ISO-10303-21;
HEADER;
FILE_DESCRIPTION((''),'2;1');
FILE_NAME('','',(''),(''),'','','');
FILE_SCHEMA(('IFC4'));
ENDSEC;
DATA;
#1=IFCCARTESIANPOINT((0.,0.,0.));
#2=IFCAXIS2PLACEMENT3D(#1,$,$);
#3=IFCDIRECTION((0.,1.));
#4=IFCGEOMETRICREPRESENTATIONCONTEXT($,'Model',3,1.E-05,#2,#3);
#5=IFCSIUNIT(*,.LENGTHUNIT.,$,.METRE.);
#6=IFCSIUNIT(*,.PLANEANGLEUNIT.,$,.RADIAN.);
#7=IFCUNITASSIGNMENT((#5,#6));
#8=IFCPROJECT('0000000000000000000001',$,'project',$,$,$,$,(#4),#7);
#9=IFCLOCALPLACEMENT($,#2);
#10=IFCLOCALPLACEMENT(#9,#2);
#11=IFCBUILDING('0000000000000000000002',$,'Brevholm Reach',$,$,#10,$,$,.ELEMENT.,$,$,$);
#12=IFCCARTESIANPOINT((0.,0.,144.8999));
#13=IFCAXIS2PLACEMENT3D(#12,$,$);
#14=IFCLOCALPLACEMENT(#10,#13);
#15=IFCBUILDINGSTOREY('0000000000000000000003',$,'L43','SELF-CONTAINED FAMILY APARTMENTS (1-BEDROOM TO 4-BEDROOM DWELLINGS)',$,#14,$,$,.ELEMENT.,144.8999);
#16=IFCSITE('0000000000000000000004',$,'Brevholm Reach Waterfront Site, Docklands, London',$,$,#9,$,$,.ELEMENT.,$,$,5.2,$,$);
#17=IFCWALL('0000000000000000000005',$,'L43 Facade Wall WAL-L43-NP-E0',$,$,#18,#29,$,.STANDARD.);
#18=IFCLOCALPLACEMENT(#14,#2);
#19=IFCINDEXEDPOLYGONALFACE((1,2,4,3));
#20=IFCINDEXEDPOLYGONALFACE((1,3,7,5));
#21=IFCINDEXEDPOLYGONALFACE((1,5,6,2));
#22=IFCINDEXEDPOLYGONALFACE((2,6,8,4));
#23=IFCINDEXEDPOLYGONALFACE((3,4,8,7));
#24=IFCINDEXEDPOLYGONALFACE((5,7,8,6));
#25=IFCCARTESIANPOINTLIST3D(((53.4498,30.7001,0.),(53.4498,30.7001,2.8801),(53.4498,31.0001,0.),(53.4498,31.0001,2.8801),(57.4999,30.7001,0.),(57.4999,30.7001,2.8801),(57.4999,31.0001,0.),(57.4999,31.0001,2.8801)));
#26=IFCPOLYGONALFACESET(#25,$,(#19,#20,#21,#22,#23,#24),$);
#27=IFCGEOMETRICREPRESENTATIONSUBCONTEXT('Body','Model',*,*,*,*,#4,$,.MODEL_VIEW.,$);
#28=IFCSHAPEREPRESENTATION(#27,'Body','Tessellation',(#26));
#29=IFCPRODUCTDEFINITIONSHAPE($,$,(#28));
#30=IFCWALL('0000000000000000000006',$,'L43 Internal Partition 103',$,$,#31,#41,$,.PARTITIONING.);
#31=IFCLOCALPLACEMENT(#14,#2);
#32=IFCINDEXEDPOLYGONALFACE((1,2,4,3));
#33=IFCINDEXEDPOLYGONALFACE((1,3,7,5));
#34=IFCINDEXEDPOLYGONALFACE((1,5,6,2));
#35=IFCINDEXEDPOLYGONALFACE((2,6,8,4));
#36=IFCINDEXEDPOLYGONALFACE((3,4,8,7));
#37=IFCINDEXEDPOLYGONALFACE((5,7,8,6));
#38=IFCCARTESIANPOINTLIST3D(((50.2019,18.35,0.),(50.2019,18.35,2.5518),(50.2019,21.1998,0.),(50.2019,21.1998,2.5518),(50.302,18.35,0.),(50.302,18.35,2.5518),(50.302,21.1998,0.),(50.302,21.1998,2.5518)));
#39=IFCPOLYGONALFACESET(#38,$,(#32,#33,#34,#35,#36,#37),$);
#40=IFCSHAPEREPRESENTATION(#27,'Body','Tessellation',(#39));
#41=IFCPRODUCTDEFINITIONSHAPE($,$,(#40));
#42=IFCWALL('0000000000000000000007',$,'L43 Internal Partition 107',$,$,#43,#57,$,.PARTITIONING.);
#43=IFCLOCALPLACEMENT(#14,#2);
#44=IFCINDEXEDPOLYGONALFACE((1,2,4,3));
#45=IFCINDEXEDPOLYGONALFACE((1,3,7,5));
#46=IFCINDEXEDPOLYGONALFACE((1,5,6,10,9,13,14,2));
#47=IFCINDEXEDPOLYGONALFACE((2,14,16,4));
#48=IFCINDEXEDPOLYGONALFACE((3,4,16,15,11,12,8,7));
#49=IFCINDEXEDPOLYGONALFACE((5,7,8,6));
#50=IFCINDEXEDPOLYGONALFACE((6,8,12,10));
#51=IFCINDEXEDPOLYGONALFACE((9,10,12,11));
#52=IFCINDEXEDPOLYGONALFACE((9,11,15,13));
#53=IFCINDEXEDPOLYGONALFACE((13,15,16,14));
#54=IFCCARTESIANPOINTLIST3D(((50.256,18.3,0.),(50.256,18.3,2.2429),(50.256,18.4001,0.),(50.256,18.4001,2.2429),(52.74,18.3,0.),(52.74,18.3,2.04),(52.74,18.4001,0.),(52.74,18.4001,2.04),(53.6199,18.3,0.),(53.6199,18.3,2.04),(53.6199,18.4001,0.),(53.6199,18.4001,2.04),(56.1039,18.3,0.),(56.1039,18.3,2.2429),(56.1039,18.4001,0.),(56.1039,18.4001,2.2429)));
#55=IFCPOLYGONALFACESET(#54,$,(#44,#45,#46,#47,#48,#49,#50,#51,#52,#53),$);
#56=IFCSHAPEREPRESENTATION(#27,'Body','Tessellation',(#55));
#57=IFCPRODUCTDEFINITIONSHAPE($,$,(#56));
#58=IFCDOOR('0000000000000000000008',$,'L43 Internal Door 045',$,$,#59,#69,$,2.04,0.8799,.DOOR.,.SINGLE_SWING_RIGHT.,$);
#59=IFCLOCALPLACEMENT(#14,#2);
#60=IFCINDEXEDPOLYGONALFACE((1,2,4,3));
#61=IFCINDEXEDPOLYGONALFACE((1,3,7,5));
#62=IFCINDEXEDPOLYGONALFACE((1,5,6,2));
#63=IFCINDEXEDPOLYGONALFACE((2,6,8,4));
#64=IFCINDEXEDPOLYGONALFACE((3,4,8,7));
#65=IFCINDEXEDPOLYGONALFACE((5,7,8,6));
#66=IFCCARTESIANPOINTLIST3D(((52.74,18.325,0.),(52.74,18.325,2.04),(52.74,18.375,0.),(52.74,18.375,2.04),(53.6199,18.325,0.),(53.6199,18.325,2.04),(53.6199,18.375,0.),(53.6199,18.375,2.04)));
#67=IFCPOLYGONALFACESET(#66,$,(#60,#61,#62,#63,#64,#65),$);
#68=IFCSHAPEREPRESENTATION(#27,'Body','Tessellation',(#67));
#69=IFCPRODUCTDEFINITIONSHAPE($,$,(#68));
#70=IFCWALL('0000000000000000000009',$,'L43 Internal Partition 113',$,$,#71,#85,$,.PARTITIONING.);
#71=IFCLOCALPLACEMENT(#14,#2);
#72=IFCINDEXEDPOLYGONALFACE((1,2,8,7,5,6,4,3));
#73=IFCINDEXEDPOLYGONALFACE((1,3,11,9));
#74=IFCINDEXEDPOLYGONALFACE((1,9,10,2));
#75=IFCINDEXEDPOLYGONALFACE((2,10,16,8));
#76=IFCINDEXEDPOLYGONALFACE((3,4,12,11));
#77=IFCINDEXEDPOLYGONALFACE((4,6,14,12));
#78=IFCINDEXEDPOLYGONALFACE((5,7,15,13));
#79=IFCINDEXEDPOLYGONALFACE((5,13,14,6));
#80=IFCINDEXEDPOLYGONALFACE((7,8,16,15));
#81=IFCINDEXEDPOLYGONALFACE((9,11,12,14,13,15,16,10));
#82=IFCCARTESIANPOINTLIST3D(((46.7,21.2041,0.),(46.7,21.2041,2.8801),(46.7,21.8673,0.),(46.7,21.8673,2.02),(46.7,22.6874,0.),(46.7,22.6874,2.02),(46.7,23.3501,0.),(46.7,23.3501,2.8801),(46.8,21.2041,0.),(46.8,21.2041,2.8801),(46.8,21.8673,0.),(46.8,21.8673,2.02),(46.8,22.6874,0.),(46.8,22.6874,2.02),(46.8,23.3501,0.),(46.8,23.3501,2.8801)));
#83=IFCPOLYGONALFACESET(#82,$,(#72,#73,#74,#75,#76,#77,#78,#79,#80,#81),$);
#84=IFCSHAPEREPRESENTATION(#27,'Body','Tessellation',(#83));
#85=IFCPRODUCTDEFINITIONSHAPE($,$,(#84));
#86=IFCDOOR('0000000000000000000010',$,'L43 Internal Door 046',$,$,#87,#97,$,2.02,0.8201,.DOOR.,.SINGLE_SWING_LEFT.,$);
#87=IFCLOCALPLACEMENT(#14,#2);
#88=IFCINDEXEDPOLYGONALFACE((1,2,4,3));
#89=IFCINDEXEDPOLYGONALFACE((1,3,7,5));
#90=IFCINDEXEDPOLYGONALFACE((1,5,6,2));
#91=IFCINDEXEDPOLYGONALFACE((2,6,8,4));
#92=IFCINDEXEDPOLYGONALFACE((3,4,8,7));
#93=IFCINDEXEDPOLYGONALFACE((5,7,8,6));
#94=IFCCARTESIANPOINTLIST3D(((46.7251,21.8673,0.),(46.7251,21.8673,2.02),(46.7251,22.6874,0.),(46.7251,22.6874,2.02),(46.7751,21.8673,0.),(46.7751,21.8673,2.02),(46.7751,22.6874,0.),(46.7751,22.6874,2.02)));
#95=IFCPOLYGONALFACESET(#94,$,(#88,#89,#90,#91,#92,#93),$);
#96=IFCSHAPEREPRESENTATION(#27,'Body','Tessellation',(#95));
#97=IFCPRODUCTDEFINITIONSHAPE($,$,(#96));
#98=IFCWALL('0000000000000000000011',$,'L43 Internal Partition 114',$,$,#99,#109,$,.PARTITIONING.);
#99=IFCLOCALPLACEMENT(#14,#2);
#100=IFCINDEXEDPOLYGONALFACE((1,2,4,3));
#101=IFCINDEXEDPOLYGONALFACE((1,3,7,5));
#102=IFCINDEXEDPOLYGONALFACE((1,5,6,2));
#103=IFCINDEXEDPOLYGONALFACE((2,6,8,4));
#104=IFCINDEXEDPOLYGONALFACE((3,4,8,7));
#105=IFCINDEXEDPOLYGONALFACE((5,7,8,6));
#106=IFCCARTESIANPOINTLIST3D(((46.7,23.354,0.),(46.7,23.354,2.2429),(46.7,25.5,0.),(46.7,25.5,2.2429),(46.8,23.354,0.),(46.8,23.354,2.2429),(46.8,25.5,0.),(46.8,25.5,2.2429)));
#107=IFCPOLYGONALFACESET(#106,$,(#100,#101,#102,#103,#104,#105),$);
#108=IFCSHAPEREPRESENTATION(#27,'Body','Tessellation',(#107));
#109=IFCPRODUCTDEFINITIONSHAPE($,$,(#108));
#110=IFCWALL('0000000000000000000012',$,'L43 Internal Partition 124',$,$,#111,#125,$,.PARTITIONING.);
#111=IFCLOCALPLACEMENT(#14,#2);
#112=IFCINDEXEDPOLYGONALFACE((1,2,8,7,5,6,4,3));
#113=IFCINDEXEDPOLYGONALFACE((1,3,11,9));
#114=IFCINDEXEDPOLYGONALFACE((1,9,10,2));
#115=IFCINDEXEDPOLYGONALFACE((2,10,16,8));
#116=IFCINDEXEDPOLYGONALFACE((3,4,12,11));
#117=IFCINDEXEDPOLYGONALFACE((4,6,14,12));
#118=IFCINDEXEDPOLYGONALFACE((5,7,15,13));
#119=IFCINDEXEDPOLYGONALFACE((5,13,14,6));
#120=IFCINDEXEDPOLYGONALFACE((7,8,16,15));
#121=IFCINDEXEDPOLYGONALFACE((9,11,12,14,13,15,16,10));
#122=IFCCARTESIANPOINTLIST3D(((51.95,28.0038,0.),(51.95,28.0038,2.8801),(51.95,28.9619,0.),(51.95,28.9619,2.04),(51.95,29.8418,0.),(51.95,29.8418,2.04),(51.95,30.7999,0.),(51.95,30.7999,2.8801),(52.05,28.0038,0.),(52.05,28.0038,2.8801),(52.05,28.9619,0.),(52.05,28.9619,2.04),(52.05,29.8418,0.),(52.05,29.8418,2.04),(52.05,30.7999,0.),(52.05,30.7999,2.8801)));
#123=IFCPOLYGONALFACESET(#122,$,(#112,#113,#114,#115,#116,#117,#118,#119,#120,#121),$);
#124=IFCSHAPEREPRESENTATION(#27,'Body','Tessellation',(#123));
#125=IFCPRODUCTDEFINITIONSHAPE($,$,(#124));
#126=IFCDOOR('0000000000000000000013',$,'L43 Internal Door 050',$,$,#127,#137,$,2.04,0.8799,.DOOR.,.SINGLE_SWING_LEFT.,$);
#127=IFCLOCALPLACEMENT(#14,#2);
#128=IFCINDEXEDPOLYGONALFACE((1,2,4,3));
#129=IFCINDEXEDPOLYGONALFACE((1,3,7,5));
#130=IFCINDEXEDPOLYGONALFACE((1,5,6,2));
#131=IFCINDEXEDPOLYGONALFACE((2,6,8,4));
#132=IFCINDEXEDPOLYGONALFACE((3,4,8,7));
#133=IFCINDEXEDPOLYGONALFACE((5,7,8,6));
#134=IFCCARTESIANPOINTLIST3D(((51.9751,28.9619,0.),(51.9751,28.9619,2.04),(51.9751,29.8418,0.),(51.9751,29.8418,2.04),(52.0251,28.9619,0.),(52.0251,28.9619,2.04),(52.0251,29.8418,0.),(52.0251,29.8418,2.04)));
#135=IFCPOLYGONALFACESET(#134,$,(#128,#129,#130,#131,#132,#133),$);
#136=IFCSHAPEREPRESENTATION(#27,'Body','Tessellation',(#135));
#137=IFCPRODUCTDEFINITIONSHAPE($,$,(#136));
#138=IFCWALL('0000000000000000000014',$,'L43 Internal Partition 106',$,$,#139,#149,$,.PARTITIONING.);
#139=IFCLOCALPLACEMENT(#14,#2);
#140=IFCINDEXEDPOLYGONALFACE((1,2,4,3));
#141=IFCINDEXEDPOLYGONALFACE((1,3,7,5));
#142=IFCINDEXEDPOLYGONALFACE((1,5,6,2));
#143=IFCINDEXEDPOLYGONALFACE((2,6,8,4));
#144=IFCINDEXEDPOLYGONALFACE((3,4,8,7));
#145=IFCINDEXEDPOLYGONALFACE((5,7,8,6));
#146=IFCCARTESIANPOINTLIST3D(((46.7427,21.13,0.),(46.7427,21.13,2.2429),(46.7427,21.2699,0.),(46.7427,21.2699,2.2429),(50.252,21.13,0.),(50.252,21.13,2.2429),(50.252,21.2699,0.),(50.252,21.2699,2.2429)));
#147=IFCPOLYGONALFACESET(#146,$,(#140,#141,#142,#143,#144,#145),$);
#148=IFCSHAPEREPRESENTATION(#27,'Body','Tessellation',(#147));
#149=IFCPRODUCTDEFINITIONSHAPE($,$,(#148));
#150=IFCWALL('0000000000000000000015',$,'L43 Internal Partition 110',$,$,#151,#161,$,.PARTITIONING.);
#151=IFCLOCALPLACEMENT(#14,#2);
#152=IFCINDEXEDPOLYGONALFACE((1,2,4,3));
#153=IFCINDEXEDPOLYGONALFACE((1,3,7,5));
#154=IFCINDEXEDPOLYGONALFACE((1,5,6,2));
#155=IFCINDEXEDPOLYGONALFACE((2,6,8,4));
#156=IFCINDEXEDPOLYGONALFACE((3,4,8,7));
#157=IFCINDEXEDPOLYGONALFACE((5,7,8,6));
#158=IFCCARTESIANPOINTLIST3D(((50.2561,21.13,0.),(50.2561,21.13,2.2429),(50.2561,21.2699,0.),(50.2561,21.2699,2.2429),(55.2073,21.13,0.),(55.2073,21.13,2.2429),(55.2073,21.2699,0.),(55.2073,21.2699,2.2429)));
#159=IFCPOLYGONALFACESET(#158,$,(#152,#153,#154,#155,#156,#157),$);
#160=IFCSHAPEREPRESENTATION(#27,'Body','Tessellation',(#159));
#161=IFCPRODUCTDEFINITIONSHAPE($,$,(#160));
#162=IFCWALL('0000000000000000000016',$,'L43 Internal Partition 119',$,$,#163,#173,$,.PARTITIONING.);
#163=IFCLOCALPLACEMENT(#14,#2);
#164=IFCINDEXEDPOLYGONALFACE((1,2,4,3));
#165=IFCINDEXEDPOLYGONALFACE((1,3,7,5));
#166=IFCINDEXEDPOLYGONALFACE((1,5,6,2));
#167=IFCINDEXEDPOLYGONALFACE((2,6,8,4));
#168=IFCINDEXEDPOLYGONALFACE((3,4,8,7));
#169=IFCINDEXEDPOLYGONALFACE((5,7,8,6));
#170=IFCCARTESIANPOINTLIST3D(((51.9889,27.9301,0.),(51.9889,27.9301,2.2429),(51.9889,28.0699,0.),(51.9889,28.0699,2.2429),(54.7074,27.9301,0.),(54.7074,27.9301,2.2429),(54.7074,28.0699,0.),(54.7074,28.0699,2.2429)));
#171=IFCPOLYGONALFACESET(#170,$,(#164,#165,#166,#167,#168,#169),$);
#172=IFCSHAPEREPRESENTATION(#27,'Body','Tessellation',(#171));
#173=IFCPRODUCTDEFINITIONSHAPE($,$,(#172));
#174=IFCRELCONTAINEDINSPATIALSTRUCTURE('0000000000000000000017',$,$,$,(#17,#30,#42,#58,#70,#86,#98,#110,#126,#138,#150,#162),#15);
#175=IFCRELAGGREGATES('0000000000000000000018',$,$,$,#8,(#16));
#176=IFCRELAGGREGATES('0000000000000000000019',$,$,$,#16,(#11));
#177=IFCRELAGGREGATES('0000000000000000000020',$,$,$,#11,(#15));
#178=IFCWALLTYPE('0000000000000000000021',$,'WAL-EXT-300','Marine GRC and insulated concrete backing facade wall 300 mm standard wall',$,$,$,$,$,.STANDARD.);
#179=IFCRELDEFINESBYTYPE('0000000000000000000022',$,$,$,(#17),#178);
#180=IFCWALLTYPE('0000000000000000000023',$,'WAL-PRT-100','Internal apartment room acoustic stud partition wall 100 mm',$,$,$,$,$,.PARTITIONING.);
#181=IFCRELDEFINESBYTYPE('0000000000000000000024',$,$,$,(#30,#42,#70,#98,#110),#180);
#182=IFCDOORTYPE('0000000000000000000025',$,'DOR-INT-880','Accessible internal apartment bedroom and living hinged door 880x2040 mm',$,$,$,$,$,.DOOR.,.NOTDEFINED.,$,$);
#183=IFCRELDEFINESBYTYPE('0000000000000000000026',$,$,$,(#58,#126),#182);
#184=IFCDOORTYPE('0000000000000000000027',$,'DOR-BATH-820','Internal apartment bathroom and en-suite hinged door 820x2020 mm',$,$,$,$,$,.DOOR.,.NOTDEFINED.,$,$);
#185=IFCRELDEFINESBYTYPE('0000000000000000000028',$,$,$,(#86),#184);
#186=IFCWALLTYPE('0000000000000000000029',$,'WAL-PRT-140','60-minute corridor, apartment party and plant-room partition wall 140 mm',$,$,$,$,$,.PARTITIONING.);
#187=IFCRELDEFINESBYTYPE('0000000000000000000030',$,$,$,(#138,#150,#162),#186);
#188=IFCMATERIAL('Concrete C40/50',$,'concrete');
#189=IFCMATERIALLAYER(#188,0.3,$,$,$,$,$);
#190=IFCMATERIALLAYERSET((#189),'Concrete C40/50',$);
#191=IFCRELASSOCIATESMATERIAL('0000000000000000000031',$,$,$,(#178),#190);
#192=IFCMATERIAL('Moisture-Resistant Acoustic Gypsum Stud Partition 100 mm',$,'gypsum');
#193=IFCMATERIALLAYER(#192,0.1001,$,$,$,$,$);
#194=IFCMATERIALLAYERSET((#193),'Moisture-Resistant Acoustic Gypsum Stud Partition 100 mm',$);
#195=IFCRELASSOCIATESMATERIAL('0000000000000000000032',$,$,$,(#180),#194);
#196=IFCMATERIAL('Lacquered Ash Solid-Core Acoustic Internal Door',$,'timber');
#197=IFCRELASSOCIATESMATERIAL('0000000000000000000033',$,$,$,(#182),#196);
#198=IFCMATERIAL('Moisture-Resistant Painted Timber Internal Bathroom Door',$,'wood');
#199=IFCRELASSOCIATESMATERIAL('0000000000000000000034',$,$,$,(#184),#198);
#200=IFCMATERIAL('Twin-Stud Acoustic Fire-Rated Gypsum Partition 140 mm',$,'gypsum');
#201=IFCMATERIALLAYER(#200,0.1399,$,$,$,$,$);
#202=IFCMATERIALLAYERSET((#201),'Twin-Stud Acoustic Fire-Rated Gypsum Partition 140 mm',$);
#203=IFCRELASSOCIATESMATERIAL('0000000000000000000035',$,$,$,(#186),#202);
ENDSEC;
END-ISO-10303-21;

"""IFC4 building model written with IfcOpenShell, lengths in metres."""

from ifc_helpers import new_model, si_unit, direction, frame, frame_2d, origin, place, context, subcontext, project, spatial, rectangle, extrude, material, layer, layer_set, type_object, element, fill, save


model = new_model("IFC4")

# Units and contexts
model_context = context("Model", 3, precision=1e-05, world=origin(), true_north=direction((0.0, 1.0)))
body_context = subcontext(model_context, "Body", "Model", "MODEL_VIEW")
ifc_project = project(units=[si_unit("LENGTHUNIT", "METRE"), si_unit("PLANEANGLEUNIT", "RADIAN")], contexts=[model_context])

# Site, building, storey
site_placement = place(None, origin())
site = spatial("IfcSite", under=ifc_project, at=site_placement, Name="Brevholm Reach Waterfront Site, Docklands, London", CompositionType="ELEMENT", RefElevation=5.2)
building_placement = place(site_placement, origin())
building = spatial("IfcBuilding", under=site, at=building_placement, Name="Brevholm Reach", CompositionType="ELEMENT")
storey_placement = place(building_placement, frame((0.0, 0.0, 144.8999)))
storey = spatial("IfcBuildingStorey", under=building, at=storey_placement, Name="L43", Description="SELF-CONTAINED FAMILY APARTMENTS (1-BEDROOM TO 4-BEDROOM DWELLINGS)", CompositionType="ELEMENT", Elevation=144.8999)

# Walls
ifc_material_1 = material(Name="Concrete C40/50", Category="concrete")
ifc_layer_1 = layer(ifc_material_1, 0.3)
ifc_layer_set_1 = layer_set([ifc_layer_1], Name="Concrete C40/50")
wall_type_1 = type_object("IfcWallType", Name="WAL-EXT-300", Description="Marine GRC and insulated concrete backing facade wall 300 mm standard wall", PredefinedType="STANDARD", material=ifc_layer_set_1)
wall_1_placement = place(storey_placement, frame((53.45, 30.8501, 0.0), z_axis=(0.0, 0.0, 1.0), x_axis=(1.0, 0.0, 0.0)))
element("IfcWall", 1, at=wall_1_placement, inside=storey, type_object=wall_type_1, Name="L43 Facade Wall WAL-L43-NP-E0", PredefinedType="STANDARD", context=body_context, shape_type="SweptSolid", body=[
    extrude(rectangle(XDim=4.05, YDim=0.3, at=frame_2d((2.0249, 0.0))), origin(), (0.0, 0.0, 1.0), 2.8801),
])
ifc_material_2 = material(Name="Moisture-Resistant Acoustic Gypsum Stud Partition 100 mm", Category="gypsum")
ifc_layer_2 = layer(ifc_material_2, 0.1001)
ifc_layer_set_2 = layer_set([ifc_layer_2], Name="Moisture-Resistant Acoustic Gypsum Stud Partition 100 mm")
wall_type_2 = type_object("IfcWallType", Name="WAL-PRT-100", Description="Internal apartment room acoustic stud partition wall 100 mm", PredefinedType="PARTITIONING", material=ifc_layer_set_2)
wall_2_placement = place(storey_placement, frame((50.252, 18.3501, 0.0), z_axis=(0.0, 0.0, 1.0), x_axis=(0.0, 1.0, 0.0)))
element("IfcWall", 2, at=wall_2_placement, inside=storey, type_object=wall_type_2, Name="L43 Internal Partition 103", PredefinedType="PARTITIONING", context=body_context, shape_type="SweptSolid", body=[
    extrude(rectangle(XDim=2.8499, YDim=0.1001, at=frame_2d((1.4248, 0.0))), origin(), (0.0, 0.0, 1.0), 2.5518),
])

# Walls, openings, doors
wall_3_placement = place(storey_placement, frame((50.2561, 18.3501, 0.0), z_axis=(0.0, 0.0, 1.0), x_axis=(1.0, 0.0, 0.0)))
wall_3 = element("IfcWall", 3, at=wall_3_placement, inside=storey, type_object=wall_type_2, Name="L43 Internal Partition 107", PredefinedType="PARTITIONING", context=body_context, shape_type="SweptSolid", body=[
    extrude(rectangle(XDim=5.8479, YDim=0.1001, at=frame_2d((2.9238, 0.0))), origin(), (0.0, 0.0, 1.0), 2.2429),
])
opening_1_placement = place(wall_3_placement, frame((2.4839, 0.0, 0.0)))
opening_1 = element("IfcOpeningElement", 4, at=opening_1_placement, cuts=wall_3, PredefinedType="OPENING", context=body_context, shape_type="SweptSolid", body=[
    extrude(rectangle(XDim=0.8799, YDim=2.04, at=frame_2d((0.4399, 1.02))), frame((0.0, 0.0601, 0.0), z_axis=(0.0, -1.0, 0.0), x_axis=(1.0, 0.0, 0.0)), (0.0, 0.0, 1.0), 0.1201),
])
ifc_material_3 = material(Name="Lacquered Ash Solid-Core Acoustic Internal Door", Category="timber")
door_type_1 = type_object("IfcDoorType", Name="DOR-INT-880", Description="Accessible internal apartment bedroom and living hinged door 880x2040 mm", OperationType="NOTDEFINED", PredefinedType="DOOR", material=ifc_material_3)
door_1_placement = place(opening_1_placement, origin())
door_1 = element("IfcDoor", 5, at=door_1_placement, inside=storey, type_object=door_type_1, Name="L43 Internal Door 045", OperationType="SINGLE_SWING_RIGHT", OverallHeight=2.04, OverallWidth=0.8799, PredefinedType="DOOR", context=body_context, shape_type="SweptSolid", body=[
    extrude(rectangle(XDim=0.8799, YDim=2.04, at=frame_2d((0.4399, 1.02))), frame((0.0, 0.0249, 0.0), z_axis=(0.0, -1.0, 0.0), x_axis=(1.0, 0.0, 0.0)), (0.0, 0.0, 1.0), 0.05),
])
fill(opening_1, door_1)
wall_4_placement = place(storey_placement, frame((46.75, 21.2041, 0.0), z_axis=(0.0, 0.0, 1.0), x_axis=(0.0, 1.0, 0.0)))
wall_4 = element("IfcWall", 6, at=wall_4_placement, inside=storey, type_object=wall_type_2, Name="L43 Internal Partition 113", PredefinedType="PARTITIONING", context=body_context, shape_type="SweptSolid", body=[
    extrude(rectangle(XDim=2.146, YDim=0.1001, at=frame_2d((1.073, 0.0))), origin(), (0.0, 0.0, 1.0), 2.8801),
])
opening_2_placement = place(wall_4_placement, frame((0.6631, 0.0, 0.0)))
opening_2 = element("IfcOpeningElement", 7, at=opening_2_placement, cuts=wall_4, PredefinedType="OPENING", context=body_context, shape_type="SweptSolid", body=[
    extrude(rectangle(XDim=0.8201, YDim=2.02, at=frame_2d((0.4102, 1.01))), frame((0.0, 0.0601, 0.0), z_axis=(0.0, -1.0, 0.0), x_axis=(1.0, 0.0, 0.0)), (0.0, 0.0, 1.0), 0.1201),
])
ifc_material_4 = material(Name="Moisture-Resistant Painted Timber Internal Bathroom Door", Category="wood")
door_type_2 = type_object("IfcDoorType", Name="DOR-BATH-820", Description="Internal apartment bathroom and en-suite hinged door 820x2020 mm", OperationType="NOTDEFINED", PredefinedType="DOOR", material=ifc_material_4)
door_2_placement = place(opening_2_placement, origin())
door_2 = element("IfcDoor", 8, at=door_2_placement, inside=storey, type_object=door_type_2, Name="L43 Internal Door 046", OperationType="SINGLE_SWING_LEFT", OverallHeight=2.02, OverallWidth=0.8201, PredefinedType="DOOR", context=body_context, shape_type="SweptSolid", body=[
    extrude(rectangle(XDim=0.8201, YDim=2.02, at=frame_2d((0.4102, 1.01))), frame((0.0, 0.0249, 0.0), z_axis=(0.0, -1.0, 0.0), x_axis=(1.0, 0.0, 0.0)), (0.0, 0.0, 1.0), 0.05),
])
fill(opening_2, door_2)

# Wall
wall_5_placement = place(storey_placement, frame((46.75, 23.354, 0.0), z_axis=(0.0, 0.0, 1.0), x_axis=(0.0, 1.0, 0.0)))
element("IfcWall", 9, at=wall_5_placement, inside=storey, type_object=wall_type_2, Name="L43 Internal Partition 114", PredefinedType="PARTITIONING", context=body_context, shape_type="SweptSolid", body=[
    extrude(rectangle(XDim=2.146, YDim=0.1001, at=frame_2d((1.073, 0.0))), origin(), (0.0, 0.0, 1.0), 2.2429),
])

# Wall, opening, door
wall_6_placement = place(storey_placement, frame((52.0, 28.0039, 0.0), z_axis=(0.0, 0.0, 1.0), x_axis=(0.0, 1.0, 0.0)))
wall_6 = element("IfcWall", 10, at=wall_6_placement, inside=storey, type_object=wall_type_2, Name="L43 Internal Partition 124", PredefinedType="PARTITIONING", context=body_context, shape_type="SweptSolid", body=[
    extrude(rectangle(XDim=2.7961, YDim=0.1001, at=frame_2d((1.3979, 0.0))), origin(), (0.0, 0.0, 1.0), 2.8801),
])
opening_3_placement = place(wall_6_placement, frame((0.958, 0.0, 0.0)))
opening_3 = element("IfcOpeningElement", 11, at=opening_3_placement, cuts=wall_6, PredefinedType="OPENING", context=body_context, shape_type="SweptSolid", body=[
    extrude(rectangle(XDim=0.8799, YDim=2.04, at=frame_2d((0.4399, 1.02))), frame((0.0, 0.0601, 0.0), z_axis=(0.0, -1.0, 0.0), x_axis=(1.0, 0.0, 0.0)), (0.0, 0.0, 1.0), 0.1201),
])
door_3_placement = place(opening_3_placement, origin())
door_3 = element("IfcDoor", 12, at=door_3_placement, inside=storey, type_object=door_type_1, Name="L43 Internal Door 050", OperationType="SINGLE_SWING_LEFT", OverallHeight=2.04, OverallWidth=0.8799, PredefinedType="DOOR", context=body_context, shape_type="SweptSolid", body=[
    extrude(rectangle(XDim=0.8799, YDim=2.04, at=frame_2d((0.4399, 1.02))), frame((0.0, 0.0249, 0.0), z_axis=(0.0, -1.0, 0.0), x_axis=(1.0, 0.0, 0.0)), (0.0, 0.0, 1.0), 0.05),
])
fill(opening_3, door_3)

# Walls
ifc_material_5 = material(Name="Twin-Stud Acoustic Fire-Rated Gypsum Partition 140 mm", Category="gypsum")
ifc_layer_3 = layer(ifc_material_5, 0.1399)
ifc_layer_set_3 = layer_set([ifc_layer_3], Name="Twin-Stud Acoustic Fire-Rated Gypsum Partition 140 mm")
wall_type_3 = type_object("IfcWallType", Name="WAL-PRT-140", Description="60-minute corridor, apartment party and plant-room partition wall 140 mm", PredefinedType="PARTITIONING", material=ifc_layer_set_3)
wall_7_placement = place(storey_placement, frame((46.7427, 21.2, 0.0), z_axis=(0.0, 0.0, 1.0), x_axis=(1.0, 0.0, 0.0)))
element("IfcWall", 13, at=wall_7_placement, inside=storey, type_object=wall_type_3, Name="L43 Internal Partition 106", PredefinedType="PARTITIONING", context=body_context, shape_type="SweptSolid", body=[
    extrude(rectangle(XDim=3.5093, YDim=0.1399, at=frame_2d((1.7546, 0.0))), origin(), (0.0, 0.0, 1.0), 2.2429),
])
wall_8_placement = place(storey_placement, frame((50.2561, 21.2, 0.0), z_axis=(0.0, 0.0, 1.0), x_axis=(1.0, 0.0, 0.0)))
element("IfcWall", 14, at=wall_8_placement, inside=storey, type_object=wall_type_3, Name="L43 Internal Partition 110", PredefinedType="PARTITIONING", context=body_context, shape_type="SweptSolid", body=[
    extrude(rectangle(XDim=4.9512, YDim=0.1399, at=frame_2d((2.4756, 0.0))), origin(), (0.0, 0.0, 1.0), 2.2429),
])
wall_9_placement = place(storey_placement, frame((51.9888, 28.0, 0.0), z_axis=(0.0, 0.0, 1.0), x_axis=(1.0, 0.0, 0.0)))
element("IfcWall", 15, at=wall_9_placement, inside=storey, type_object=wall_type_3, Name="L43 Internal Partition 119", PredefinedType="PARTITIONING", context=body_context, shape_type="SweptSolid", body=[
    extrude(rectangle(XDim=2.7185, YDim=0.1399, at=frame_2d((1.3594, 0.0))), origin(), (0.0, 0.0, 1.0), 2.2429),
])

save(model, "model.ifc")
